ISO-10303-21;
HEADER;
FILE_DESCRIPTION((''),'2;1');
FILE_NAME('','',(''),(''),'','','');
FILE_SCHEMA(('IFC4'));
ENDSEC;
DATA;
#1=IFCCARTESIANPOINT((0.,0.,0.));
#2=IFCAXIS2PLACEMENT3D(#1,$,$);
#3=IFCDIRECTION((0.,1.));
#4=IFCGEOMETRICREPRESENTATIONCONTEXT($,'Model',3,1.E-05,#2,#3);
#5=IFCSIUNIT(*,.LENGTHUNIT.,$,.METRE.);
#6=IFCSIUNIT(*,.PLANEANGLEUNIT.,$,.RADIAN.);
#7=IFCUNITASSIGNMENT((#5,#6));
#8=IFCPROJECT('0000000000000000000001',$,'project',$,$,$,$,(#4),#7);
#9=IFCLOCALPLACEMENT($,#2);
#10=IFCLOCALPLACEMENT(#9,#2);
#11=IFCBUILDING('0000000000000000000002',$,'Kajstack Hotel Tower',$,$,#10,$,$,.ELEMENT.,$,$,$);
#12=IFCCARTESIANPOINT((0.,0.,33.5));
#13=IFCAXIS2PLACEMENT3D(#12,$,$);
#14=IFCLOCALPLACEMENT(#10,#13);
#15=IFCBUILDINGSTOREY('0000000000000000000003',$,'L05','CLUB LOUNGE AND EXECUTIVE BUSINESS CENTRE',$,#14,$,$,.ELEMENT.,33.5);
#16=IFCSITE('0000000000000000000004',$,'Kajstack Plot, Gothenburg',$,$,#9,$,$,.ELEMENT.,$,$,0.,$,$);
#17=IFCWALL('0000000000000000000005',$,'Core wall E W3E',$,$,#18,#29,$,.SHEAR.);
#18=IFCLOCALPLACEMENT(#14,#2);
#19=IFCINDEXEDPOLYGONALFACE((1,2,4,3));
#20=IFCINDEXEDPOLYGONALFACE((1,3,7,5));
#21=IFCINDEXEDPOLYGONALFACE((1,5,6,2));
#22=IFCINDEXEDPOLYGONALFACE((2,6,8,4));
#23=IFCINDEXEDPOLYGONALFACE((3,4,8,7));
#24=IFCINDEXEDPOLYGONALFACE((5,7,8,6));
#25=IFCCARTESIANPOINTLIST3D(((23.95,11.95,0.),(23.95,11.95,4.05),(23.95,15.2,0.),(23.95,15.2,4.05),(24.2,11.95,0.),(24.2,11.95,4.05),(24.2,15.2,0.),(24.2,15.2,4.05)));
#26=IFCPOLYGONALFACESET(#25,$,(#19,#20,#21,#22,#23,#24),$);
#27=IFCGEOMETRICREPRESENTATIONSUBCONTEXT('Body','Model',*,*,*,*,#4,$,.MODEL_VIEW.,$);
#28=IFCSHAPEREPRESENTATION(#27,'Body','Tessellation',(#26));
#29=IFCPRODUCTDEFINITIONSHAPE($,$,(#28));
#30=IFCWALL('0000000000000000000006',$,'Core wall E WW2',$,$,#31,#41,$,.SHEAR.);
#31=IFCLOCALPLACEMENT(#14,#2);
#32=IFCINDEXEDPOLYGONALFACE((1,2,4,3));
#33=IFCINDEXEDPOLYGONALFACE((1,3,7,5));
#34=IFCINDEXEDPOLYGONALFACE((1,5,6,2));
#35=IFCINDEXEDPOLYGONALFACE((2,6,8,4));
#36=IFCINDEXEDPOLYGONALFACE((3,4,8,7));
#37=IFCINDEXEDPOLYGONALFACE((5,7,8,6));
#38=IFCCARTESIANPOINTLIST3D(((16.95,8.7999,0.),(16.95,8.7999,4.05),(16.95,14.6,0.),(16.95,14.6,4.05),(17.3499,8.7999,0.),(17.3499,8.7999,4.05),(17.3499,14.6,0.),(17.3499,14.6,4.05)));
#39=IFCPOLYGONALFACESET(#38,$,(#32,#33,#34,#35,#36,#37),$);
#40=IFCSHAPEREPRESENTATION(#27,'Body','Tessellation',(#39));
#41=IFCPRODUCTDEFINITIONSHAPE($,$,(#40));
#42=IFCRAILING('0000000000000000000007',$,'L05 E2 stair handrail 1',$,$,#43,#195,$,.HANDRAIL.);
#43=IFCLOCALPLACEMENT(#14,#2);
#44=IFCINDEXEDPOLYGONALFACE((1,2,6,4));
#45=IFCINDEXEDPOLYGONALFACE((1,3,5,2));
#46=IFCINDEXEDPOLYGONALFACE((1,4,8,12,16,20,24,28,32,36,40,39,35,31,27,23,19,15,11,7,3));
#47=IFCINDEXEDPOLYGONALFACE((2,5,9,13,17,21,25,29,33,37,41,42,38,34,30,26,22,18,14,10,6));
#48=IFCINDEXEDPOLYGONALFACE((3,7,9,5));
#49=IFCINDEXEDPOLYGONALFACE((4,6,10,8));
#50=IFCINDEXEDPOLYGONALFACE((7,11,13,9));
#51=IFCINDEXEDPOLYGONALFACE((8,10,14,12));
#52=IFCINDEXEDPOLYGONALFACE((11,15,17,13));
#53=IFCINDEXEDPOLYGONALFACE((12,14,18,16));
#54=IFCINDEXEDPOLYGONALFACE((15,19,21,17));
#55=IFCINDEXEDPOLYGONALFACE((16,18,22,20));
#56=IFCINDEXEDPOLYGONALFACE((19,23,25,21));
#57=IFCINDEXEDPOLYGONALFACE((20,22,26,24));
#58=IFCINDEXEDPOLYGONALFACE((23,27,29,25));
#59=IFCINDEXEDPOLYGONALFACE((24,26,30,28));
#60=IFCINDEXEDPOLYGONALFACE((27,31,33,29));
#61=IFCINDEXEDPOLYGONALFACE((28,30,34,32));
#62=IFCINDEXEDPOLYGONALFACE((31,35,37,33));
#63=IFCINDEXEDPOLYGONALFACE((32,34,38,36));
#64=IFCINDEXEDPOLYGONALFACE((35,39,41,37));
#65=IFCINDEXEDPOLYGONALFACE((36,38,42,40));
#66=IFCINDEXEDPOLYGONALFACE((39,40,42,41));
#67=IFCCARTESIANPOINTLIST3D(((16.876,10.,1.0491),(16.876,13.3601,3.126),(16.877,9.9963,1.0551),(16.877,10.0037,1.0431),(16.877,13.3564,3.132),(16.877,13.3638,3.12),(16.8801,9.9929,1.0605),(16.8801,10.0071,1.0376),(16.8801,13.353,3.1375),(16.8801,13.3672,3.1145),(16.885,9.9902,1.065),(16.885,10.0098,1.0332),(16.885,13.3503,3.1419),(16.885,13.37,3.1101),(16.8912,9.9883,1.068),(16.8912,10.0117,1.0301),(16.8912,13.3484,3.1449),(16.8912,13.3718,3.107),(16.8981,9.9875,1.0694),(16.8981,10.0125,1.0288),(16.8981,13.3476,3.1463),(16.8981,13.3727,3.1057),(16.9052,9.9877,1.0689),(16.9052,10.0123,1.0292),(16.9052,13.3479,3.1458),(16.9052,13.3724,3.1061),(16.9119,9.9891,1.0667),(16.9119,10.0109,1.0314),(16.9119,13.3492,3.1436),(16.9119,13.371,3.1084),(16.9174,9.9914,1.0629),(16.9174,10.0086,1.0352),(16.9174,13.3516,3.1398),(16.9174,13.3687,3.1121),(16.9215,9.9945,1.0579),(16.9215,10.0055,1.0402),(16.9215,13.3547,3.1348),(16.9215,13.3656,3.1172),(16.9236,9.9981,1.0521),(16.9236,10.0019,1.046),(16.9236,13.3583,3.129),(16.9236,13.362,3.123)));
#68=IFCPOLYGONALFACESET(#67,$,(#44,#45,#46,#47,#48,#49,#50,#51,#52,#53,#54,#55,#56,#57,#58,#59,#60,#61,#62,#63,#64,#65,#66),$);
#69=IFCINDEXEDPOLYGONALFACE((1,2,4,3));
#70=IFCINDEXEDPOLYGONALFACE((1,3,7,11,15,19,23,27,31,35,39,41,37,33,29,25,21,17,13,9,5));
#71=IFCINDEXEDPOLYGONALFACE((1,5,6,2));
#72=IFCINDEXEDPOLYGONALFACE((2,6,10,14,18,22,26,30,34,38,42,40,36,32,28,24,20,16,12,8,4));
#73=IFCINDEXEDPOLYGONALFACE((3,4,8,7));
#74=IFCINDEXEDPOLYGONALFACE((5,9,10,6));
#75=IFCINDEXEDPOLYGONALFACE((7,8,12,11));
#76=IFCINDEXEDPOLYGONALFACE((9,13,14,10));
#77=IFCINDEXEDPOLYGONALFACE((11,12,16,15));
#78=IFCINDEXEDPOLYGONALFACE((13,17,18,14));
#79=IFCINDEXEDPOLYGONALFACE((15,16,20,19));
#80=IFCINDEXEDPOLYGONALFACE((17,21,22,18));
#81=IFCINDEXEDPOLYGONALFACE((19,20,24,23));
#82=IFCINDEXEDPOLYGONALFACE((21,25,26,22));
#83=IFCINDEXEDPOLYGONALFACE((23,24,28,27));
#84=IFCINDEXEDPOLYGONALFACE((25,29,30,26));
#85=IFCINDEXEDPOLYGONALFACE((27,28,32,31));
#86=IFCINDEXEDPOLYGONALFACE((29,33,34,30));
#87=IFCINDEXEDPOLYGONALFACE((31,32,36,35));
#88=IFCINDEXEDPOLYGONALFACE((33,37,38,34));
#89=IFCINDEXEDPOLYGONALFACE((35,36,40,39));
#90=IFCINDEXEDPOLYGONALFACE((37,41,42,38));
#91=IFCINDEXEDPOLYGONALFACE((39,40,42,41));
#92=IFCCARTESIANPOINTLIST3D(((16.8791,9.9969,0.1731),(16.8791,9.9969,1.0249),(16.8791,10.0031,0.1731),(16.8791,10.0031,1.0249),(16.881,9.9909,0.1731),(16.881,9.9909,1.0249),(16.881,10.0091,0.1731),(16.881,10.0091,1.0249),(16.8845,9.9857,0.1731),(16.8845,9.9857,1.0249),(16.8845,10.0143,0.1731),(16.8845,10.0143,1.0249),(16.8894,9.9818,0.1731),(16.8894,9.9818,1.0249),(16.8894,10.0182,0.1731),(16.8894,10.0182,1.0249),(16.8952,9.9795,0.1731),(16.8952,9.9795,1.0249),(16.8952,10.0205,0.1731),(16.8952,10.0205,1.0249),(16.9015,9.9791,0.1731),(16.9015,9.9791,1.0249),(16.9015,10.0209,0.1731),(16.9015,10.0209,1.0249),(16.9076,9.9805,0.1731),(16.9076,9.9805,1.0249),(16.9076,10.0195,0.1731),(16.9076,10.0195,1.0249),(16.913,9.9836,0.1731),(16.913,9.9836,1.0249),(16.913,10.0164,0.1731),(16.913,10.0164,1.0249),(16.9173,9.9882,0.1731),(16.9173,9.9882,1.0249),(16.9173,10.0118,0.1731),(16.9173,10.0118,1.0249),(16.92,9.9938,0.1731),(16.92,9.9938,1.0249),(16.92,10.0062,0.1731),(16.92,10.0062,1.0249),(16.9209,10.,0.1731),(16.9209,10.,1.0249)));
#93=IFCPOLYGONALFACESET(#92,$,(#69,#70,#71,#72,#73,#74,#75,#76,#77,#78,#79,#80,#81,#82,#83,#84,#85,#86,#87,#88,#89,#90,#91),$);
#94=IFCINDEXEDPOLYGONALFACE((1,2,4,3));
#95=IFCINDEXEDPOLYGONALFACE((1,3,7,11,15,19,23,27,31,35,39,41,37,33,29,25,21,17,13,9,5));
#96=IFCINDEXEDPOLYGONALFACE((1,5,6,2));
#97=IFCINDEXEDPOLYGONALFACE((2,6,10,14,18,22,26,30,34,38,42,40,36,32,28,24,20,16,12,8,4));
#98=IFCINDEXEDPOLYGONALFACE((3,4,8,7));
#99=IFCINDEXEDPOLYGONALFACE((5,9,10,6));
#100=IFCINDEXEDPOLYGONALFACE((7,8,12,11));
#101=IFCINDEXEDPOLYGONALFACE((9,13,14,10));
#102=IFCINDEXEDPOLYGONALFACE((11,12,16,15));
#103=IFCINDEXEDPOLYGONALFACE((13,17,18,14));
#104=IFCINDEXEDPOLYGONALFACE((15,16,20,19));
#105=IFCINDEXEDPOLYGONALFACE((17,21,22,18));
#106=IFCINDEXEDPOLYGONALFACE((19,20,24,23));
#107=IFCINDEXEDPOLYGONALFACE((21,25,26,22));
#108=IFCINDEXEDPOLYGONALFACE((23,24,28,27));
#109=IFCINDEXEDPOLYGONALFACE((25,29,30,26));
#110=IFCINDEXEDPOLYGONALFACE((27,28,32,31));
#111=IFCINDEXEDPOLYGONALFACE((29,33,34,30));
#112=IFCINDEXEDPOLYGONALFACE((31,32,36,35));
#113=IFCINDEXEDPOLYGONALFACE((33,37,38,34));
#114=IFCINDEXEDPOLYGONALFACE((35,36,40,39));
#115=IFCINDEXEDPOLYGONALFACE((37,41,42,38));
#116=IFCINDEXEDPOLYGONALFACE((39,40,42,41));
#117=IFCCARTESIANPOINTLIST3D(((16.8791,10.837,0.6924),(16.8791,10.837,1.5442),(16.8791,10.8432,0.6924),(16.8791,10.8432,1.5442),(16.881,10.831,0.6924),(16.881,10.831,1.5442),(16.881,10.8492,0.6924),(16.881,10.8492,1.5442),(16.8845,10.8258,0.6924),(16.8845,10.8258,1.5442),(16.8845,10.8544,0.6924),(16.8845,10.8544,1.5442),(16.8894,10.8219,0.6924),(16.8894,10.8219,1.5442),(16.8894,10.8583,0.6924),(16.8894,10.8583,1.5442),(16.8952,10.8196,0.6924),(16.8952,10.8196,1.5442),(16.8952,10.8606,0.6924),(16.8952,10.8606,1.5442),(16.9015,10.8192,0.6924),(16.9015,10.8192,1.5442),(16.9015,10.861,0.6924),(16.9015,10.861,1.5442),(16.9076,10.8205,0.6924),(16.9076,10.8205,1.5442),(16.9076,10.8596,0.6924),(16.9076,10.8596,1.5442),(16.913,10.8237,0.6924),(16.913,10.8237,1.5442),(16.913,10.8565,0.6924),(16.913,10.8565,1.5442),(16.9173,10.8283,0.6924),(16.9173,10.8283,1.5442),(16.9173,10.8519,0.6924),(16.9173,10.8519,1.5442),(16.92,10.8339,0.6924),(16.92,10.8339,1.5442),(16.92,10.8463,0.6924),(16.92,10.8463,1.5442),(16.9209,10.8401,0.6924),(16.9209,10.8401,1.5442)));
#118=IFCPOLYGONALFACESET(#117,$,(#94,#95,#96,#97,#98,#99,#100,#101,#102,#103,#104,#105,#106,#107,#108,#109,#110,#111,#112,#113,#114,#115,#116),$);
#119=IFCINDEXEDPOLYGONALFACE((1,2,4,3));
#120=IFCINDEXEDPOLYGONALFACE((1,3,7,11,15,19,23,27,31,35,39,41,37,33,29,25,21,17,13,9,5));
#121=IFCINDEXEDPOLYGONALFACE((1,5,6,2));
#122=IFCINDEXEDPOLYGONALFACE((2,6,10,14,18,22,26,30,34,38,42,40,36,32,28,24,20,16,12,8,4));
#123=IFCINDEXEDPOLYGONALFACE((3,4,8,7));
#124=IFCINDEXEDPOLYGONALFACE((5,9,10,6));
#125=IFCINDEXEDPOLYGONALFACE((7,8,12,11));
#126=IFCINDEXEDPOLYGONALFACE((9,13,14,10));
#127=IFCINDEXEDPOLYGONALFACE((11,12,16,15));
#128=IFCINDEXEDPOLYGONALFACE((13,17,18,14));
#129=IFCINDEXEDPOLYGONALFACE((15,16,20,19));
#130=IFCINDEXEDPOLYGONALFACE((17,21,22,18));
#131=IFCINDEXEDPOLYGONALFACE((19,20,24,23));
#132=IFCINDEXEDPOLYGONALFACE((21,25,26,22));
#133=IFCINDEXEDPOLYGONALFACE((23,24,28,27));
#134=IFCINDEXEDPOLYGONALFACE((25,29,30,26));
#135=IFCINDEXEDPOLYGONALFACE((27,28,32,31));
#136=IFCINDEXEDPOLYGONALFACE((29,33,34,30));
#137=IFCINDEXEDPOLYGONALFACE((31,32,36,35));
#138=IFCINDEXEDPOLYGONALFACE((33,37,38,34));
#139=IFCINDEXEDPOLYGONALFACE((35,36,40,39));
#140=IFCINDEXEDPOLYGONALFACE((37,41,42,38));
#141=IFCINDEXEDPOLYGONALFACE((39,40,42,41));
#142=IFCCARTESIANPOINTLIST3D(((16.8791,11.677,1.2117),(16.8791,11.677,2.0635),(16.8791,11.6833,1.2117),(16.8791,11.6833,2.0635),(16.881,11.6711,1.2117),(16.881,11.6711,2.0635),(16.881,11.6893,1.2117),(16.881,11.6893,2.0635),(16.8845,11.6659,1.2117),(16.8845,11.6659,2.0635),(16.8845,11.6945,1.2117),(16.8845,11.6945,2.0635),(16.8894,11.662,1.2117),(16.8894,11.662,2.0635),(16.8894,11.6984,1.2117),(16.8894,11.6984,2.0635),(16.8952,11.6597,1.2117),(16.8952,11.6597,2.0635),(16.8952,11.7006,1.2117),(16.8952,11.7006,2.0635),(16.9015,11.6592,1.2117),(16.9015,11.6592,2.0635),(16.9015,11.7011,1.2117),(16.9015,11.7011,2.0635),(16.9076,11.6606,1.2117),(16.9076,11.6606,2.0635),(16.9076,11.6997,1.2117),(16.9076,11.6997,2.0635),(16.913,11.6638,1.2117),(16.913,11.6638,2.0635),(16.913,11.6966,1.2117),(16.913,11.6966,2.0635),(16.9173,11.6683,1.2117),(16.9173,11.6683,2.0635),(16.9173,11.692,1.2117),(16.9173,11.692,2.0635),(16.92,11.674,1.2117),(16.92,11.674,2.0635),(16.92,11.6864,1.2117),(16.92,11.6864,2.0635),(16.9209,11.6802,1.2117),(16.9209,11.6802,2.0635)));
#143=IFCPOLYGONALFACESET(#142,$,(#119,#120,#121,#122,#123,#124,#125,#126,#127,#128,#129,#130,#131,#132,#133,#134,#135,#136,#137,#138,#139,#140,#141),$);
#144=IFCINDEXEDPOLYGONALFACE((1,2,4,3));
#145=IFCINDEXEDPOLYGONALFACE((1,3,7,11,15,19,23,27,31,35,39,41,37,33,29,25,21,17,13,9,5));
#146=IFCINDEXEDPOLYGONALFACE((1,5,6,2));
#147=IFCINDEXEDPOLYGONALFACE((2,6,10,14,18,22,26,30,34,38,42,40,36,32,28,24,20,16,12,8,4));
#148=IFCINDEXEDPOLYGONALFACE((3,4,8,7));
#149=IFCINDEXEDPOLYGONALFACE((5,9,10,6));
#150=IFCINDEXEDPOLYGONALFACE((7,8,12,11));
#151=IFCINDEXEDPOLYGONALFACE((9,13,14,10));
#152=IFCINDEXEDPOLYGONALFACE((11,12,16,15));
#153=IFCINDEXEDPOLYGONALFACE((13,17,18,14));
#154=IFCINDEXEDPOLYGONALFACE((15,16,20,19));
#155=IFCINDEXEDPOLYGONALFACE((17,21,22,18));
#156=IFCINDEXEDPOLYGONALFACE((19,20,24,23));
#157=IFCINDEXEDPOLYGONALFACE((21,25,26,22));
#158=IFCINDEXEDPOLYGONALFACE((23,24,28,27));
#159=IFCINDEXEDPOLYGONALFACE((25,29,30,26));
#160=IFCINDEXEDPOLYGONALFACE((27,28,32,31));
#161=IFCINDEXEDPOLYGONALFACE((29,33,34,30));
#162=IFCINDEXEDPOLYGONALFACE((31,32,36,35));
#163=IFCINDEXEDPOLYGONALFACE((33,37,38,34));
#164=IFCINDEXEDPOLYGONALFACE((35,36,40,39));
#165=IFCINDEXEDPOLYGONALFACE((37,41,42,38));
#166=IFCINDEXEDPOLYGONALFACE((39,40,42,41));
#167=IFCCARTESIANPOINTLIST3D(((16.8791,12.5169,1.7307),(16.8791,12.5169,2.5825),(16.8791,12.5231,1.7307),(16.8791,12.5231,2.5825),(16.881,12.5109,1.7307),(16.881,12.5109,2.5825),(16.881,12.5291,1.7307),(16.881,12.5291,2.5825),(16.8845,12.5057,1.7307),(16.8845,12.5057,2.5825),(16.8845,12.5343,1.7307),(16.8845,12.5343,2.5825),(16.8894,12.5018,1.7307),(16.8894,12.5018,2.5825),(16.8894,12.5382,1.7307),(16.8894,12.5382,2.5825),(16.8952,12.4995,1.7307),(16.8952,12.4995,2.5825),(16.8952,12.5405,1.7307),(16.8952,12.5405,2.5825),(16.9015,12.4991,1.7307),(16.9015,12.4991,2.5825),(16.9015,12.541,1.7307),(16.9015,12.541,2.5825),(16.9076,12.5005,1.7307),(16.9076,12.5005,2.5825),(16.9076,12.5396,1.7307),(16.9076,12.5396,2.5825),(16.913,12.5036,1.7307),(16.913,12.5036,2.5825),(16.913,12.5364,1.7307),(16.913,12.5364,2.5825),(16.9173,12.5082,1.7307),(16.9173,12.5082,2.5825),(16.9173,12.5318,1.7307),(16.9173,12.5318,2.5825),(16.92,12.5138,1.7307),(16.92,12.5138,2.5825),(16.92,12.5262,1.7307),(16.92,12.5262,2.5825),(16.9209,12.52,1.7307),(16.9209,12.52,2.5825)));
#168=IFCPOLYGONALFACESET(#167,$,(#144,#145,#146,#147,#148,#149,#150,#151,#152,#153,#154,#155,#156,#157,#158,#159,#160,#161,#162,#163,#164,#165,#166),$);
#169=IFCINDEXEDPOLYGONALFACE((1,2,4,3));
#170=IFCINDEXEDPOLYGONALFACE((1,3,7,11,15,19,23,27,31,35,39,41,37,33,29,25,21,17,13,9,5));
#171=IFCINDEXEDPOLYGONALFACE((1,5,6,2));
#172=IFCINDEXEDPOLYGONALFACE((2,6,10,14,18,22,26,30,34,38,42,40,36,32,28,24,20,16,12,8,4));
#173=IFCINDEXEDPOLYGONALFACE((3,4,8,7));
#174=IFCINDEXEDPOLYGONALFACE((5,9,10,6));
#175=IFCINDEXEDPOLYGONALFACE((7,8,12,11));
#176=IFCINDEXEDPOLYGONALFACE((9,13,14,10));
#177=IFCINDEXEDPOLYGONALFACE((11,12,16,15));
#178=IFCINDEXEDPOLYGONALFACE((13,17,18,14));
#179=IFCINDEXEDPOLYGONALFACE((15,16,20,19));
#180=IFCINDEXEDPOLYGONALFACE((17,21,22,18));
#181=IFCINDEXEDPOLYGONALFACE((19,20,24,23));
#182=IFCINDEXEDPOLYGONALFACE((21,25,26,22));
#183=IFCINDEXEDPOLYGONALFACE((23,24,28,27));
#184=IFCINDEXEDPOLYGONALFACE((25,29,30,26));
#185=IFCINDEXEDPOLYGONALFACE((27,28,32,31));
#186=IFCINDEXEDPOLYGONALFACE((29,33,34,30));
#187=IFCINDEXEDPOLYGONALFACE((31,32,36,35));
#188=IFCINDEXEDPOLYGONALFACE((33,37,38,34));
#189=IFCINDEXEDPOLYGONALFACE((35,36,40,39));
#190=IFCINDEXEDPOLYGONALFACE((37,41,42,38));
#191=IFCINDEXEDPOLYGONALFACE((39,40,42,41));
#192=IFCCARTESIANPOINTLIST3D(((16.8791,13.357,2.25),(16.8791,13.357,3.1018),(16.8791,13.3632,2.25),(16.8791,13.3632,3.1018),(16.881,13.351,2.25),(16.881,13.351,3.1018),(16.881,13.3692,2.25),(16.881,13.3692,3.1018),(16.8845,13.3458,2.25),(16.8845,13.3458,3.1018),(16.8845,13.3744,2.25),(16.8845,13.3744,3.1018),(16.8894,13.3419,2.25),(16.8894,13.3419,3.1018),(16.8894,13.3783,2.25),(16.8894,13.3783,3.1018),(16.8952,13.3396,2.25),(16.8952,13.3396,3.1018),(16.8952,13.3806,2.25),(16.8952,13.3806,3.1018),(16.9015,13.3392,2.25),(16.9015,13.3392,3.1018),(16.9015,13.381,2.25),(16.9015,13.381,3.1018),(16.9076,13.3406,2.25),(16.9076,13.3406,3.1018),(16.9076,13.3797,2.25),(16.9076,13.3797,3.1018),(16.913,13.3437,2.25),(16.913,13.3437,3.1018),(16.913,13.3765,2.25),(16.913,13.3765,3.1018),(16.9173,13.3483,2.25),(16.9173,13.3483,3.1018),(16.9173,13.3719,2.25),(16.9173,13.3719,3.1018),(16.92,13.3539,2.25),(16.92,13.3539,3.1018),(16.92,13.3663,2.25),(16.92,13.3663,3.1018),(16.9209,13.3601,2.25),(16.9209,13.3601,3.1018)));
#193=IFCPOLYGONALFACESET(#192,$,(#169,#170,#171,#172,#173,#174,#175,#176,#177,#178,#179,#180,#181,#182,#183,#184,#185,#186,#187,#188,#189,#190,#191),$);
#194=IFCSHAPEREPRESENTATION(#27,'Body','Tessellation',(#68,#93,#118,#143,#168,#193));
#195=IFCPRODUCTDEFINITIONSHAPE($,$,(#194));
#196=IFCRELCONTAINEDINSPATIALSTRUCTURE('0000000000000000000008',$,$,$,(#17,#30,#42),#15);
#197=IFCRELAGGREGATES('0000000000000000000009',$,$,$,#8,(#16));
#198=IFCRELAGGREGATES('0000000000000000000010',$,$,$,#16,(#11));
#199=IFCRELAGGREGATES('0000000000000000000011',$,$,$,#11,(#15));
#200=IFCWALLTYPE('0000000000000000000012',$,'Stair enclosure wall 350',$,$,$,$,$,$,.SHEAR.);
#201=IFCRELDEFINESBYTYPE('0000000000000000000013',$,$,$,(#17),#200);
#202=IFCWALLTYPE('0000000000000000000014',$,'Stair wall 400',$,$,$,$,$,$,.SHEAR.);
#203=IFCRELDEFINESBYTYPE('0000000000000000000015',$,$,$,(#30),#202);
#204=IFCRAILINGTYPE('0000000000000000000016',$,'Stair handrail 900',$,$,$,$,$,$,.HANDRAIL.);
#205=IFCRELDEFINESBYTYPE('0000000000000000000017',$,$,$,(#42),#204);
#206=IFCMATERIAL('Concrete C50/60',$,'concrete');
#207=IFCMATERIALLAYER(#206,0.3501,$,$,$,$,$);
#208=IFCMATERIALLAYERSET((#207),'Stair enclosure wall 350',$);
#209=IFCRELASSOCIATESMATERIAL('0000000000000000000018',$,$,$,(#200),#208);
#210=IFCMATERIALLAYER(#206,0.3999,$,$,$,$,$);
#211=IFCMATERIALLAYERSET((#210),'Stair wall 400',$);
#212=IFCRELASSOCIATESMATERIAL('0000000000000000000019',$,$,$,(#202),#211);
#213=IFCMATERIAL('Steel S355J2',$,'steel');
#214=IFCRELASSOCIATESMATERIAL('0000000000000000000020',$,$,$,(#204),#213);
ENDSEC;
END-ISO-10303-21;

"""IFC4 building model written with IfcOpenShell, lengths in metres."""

from ifc_helpers import new_model, si_unit, direction, frame, frame_2d, origin, origin_2d, place, context, subcontext, project, spatial, rectangle, circle, extrude, material, layer, layer_set, type_object, element, save


model = new_model("IFC4")

# Units and contexts
model_context = context("Model", 3, precision=1e-05, world=origin(), true_north=direction((0.0, 1.0)))
body_context = subcontext(model_context, "Body", "Model", "MODEL_VIEW")
ifc_project = project(units=[si_unit("LENGTHUNIT", "METRE"), si_unit("PLANEANGLEUNIT", "RADIAN")], contexts=[model_context])

# Site, building, storey
site_placement = place(None, origin())
site = spatial("IfcSite", under=ifc_project, at=site_placement, Name="Kajstack Plot, Gothenburg", CompositionType="ELEMENT", RefElevation=0.0)
building_placement = place(site_placement, origin())
building = spatial("IfcBuilding", under=site, at=building_placement, Name="Kajstack Hotel Tower", CompositionType="ELEMENT")
storey_placement = place(building_placement, frame((0.0, 0.0, 33.5)))
storey = spatial("IfcBuildingStorey", under=building, at=storey_placement, Name="L05", Description="CLUB LOUNGE AND EXECUTIVE BUSINESS CENTRE", CompositionType="ELEMENT", Elevation=33.5)

# Shared definitions
ifc_material_1 = material(Name="Concrete C50/60", Category="concrete")

# Walls
ifc_layer_1 = layer(ifc_material_1, 0.3501)
ifc_layer_set_1 = layer_set([ifc_layer_1], Name="Stair enclosure wall 350")
wall_type_1 = type_object("IfcWallType", Name="Stair enclosure wall 350", PredefinedType="SHEAR", material=ifc_layer_set_1)
wall_1_placement = place(storey_placement, frame((24.075, 11.95, 0.0), z_axis=(0.0, 0.0, 1.0), x_axis=(0.0, 1.0, 0.0)))
element("IfcWall", 1, at=wall_1_placement, inside=storey, type_object=wall_type_1, Name="Core wall E W3E", PredefinedType="SHEAR", context=body_context, shape_type="SweptSolid", body=[
    extrude(rectangle(XDim=3.25, YDim=0.25, at=frame_2d((1.625, 0.0))), origin(), (0.0, 0.0, 1.0), 4.05),
])
ifc_layer_2 = layer(ifc_material_1, 0.3999)
ifc_layer_set_2 = layer_set([ifc_layer_2], Name="Stair wall 400")
wall_type_2 = type_object("IfcWallType", Name="Stair wall 400", PredefinedType="SHEAR", material=ifc_layer_set_2)
wall_2_placement = place(storey_placement, frame((17.1499, 8.8, 0.0), z_axis=(0.0, 0.0, 1.0), x_axis=(0.0, 1.0, 0.0)))
element("IfcWall", 2, at=wall_2_placement, inside=storey, type_object=wall_type_2, Name="Core wall E WW2", PredefinedType="SHEAR", context=body_context, shape_type="SweptSolid", body=[
    extrude(rectangle(XDim=5.8, YDim=0.3999, at=frame_2d((2.8999, 0.0))), origin(), (0.0, 0.0, 1.0), 4.05),
])

# Railing
ifc_material_2 = material(Name="Steel S355J2", Category="steel")
railing_type_1 = type_object("IfcRailingType", Name="Stair handrail 900", PredefinedType="HANDRAIL", material=ifc_material_2)
railing_1_placement = place(storey_placement, frame((16.8999, 10.0, 0.1731)))
element("IfcRailing", 3, at=railing_1_placement, inside=storey, type_object=railing_type_1, Name="L05 E2 stair handrail 1", PredefinedType="HANDRAIL", context=body_context, shape_type="SweptSolid", body=[
    extrude(circle(Radius=0.0239, at=origin_2d()), frame((0.0, 0.0, 0.876), z_axis=(0.0, 0.850623, 0.525776), x_axis=(-1.0, 0.0, 0.0)), (0.0, 0.0, 1.0), 3.9502),
    extrude(circle(Radius=0.021, at=origin_2d()), origin(), (0.0, 0.0, 1.0), 0.8518),
    extrude(circle(Radius=0.021, at=origin_2d()), frame((0.0, 0.8401, 0.5193)), (0.0, 0.0, 1.0), 0.8518),
    extrude(circle(Radius=0.021, at=origin_2d()), frame((0.0, 1.6802, 1.0386)), (0.0, 0.0, 1.0), 0.8518),
    extrude(circle(Radius=0.021, at=origin_2d()), frame((0.0, 2.52, 1.5576)), (0.0, 0.0, 1.0), 0.8518),
    extrude(circle(Radius=0.021, at=origin_2d()), frame((0.0, 3.3601, 2.0769)), (0.0, 0.0, 1.0), 0.8518),
])

save(model, "model.ifc")
